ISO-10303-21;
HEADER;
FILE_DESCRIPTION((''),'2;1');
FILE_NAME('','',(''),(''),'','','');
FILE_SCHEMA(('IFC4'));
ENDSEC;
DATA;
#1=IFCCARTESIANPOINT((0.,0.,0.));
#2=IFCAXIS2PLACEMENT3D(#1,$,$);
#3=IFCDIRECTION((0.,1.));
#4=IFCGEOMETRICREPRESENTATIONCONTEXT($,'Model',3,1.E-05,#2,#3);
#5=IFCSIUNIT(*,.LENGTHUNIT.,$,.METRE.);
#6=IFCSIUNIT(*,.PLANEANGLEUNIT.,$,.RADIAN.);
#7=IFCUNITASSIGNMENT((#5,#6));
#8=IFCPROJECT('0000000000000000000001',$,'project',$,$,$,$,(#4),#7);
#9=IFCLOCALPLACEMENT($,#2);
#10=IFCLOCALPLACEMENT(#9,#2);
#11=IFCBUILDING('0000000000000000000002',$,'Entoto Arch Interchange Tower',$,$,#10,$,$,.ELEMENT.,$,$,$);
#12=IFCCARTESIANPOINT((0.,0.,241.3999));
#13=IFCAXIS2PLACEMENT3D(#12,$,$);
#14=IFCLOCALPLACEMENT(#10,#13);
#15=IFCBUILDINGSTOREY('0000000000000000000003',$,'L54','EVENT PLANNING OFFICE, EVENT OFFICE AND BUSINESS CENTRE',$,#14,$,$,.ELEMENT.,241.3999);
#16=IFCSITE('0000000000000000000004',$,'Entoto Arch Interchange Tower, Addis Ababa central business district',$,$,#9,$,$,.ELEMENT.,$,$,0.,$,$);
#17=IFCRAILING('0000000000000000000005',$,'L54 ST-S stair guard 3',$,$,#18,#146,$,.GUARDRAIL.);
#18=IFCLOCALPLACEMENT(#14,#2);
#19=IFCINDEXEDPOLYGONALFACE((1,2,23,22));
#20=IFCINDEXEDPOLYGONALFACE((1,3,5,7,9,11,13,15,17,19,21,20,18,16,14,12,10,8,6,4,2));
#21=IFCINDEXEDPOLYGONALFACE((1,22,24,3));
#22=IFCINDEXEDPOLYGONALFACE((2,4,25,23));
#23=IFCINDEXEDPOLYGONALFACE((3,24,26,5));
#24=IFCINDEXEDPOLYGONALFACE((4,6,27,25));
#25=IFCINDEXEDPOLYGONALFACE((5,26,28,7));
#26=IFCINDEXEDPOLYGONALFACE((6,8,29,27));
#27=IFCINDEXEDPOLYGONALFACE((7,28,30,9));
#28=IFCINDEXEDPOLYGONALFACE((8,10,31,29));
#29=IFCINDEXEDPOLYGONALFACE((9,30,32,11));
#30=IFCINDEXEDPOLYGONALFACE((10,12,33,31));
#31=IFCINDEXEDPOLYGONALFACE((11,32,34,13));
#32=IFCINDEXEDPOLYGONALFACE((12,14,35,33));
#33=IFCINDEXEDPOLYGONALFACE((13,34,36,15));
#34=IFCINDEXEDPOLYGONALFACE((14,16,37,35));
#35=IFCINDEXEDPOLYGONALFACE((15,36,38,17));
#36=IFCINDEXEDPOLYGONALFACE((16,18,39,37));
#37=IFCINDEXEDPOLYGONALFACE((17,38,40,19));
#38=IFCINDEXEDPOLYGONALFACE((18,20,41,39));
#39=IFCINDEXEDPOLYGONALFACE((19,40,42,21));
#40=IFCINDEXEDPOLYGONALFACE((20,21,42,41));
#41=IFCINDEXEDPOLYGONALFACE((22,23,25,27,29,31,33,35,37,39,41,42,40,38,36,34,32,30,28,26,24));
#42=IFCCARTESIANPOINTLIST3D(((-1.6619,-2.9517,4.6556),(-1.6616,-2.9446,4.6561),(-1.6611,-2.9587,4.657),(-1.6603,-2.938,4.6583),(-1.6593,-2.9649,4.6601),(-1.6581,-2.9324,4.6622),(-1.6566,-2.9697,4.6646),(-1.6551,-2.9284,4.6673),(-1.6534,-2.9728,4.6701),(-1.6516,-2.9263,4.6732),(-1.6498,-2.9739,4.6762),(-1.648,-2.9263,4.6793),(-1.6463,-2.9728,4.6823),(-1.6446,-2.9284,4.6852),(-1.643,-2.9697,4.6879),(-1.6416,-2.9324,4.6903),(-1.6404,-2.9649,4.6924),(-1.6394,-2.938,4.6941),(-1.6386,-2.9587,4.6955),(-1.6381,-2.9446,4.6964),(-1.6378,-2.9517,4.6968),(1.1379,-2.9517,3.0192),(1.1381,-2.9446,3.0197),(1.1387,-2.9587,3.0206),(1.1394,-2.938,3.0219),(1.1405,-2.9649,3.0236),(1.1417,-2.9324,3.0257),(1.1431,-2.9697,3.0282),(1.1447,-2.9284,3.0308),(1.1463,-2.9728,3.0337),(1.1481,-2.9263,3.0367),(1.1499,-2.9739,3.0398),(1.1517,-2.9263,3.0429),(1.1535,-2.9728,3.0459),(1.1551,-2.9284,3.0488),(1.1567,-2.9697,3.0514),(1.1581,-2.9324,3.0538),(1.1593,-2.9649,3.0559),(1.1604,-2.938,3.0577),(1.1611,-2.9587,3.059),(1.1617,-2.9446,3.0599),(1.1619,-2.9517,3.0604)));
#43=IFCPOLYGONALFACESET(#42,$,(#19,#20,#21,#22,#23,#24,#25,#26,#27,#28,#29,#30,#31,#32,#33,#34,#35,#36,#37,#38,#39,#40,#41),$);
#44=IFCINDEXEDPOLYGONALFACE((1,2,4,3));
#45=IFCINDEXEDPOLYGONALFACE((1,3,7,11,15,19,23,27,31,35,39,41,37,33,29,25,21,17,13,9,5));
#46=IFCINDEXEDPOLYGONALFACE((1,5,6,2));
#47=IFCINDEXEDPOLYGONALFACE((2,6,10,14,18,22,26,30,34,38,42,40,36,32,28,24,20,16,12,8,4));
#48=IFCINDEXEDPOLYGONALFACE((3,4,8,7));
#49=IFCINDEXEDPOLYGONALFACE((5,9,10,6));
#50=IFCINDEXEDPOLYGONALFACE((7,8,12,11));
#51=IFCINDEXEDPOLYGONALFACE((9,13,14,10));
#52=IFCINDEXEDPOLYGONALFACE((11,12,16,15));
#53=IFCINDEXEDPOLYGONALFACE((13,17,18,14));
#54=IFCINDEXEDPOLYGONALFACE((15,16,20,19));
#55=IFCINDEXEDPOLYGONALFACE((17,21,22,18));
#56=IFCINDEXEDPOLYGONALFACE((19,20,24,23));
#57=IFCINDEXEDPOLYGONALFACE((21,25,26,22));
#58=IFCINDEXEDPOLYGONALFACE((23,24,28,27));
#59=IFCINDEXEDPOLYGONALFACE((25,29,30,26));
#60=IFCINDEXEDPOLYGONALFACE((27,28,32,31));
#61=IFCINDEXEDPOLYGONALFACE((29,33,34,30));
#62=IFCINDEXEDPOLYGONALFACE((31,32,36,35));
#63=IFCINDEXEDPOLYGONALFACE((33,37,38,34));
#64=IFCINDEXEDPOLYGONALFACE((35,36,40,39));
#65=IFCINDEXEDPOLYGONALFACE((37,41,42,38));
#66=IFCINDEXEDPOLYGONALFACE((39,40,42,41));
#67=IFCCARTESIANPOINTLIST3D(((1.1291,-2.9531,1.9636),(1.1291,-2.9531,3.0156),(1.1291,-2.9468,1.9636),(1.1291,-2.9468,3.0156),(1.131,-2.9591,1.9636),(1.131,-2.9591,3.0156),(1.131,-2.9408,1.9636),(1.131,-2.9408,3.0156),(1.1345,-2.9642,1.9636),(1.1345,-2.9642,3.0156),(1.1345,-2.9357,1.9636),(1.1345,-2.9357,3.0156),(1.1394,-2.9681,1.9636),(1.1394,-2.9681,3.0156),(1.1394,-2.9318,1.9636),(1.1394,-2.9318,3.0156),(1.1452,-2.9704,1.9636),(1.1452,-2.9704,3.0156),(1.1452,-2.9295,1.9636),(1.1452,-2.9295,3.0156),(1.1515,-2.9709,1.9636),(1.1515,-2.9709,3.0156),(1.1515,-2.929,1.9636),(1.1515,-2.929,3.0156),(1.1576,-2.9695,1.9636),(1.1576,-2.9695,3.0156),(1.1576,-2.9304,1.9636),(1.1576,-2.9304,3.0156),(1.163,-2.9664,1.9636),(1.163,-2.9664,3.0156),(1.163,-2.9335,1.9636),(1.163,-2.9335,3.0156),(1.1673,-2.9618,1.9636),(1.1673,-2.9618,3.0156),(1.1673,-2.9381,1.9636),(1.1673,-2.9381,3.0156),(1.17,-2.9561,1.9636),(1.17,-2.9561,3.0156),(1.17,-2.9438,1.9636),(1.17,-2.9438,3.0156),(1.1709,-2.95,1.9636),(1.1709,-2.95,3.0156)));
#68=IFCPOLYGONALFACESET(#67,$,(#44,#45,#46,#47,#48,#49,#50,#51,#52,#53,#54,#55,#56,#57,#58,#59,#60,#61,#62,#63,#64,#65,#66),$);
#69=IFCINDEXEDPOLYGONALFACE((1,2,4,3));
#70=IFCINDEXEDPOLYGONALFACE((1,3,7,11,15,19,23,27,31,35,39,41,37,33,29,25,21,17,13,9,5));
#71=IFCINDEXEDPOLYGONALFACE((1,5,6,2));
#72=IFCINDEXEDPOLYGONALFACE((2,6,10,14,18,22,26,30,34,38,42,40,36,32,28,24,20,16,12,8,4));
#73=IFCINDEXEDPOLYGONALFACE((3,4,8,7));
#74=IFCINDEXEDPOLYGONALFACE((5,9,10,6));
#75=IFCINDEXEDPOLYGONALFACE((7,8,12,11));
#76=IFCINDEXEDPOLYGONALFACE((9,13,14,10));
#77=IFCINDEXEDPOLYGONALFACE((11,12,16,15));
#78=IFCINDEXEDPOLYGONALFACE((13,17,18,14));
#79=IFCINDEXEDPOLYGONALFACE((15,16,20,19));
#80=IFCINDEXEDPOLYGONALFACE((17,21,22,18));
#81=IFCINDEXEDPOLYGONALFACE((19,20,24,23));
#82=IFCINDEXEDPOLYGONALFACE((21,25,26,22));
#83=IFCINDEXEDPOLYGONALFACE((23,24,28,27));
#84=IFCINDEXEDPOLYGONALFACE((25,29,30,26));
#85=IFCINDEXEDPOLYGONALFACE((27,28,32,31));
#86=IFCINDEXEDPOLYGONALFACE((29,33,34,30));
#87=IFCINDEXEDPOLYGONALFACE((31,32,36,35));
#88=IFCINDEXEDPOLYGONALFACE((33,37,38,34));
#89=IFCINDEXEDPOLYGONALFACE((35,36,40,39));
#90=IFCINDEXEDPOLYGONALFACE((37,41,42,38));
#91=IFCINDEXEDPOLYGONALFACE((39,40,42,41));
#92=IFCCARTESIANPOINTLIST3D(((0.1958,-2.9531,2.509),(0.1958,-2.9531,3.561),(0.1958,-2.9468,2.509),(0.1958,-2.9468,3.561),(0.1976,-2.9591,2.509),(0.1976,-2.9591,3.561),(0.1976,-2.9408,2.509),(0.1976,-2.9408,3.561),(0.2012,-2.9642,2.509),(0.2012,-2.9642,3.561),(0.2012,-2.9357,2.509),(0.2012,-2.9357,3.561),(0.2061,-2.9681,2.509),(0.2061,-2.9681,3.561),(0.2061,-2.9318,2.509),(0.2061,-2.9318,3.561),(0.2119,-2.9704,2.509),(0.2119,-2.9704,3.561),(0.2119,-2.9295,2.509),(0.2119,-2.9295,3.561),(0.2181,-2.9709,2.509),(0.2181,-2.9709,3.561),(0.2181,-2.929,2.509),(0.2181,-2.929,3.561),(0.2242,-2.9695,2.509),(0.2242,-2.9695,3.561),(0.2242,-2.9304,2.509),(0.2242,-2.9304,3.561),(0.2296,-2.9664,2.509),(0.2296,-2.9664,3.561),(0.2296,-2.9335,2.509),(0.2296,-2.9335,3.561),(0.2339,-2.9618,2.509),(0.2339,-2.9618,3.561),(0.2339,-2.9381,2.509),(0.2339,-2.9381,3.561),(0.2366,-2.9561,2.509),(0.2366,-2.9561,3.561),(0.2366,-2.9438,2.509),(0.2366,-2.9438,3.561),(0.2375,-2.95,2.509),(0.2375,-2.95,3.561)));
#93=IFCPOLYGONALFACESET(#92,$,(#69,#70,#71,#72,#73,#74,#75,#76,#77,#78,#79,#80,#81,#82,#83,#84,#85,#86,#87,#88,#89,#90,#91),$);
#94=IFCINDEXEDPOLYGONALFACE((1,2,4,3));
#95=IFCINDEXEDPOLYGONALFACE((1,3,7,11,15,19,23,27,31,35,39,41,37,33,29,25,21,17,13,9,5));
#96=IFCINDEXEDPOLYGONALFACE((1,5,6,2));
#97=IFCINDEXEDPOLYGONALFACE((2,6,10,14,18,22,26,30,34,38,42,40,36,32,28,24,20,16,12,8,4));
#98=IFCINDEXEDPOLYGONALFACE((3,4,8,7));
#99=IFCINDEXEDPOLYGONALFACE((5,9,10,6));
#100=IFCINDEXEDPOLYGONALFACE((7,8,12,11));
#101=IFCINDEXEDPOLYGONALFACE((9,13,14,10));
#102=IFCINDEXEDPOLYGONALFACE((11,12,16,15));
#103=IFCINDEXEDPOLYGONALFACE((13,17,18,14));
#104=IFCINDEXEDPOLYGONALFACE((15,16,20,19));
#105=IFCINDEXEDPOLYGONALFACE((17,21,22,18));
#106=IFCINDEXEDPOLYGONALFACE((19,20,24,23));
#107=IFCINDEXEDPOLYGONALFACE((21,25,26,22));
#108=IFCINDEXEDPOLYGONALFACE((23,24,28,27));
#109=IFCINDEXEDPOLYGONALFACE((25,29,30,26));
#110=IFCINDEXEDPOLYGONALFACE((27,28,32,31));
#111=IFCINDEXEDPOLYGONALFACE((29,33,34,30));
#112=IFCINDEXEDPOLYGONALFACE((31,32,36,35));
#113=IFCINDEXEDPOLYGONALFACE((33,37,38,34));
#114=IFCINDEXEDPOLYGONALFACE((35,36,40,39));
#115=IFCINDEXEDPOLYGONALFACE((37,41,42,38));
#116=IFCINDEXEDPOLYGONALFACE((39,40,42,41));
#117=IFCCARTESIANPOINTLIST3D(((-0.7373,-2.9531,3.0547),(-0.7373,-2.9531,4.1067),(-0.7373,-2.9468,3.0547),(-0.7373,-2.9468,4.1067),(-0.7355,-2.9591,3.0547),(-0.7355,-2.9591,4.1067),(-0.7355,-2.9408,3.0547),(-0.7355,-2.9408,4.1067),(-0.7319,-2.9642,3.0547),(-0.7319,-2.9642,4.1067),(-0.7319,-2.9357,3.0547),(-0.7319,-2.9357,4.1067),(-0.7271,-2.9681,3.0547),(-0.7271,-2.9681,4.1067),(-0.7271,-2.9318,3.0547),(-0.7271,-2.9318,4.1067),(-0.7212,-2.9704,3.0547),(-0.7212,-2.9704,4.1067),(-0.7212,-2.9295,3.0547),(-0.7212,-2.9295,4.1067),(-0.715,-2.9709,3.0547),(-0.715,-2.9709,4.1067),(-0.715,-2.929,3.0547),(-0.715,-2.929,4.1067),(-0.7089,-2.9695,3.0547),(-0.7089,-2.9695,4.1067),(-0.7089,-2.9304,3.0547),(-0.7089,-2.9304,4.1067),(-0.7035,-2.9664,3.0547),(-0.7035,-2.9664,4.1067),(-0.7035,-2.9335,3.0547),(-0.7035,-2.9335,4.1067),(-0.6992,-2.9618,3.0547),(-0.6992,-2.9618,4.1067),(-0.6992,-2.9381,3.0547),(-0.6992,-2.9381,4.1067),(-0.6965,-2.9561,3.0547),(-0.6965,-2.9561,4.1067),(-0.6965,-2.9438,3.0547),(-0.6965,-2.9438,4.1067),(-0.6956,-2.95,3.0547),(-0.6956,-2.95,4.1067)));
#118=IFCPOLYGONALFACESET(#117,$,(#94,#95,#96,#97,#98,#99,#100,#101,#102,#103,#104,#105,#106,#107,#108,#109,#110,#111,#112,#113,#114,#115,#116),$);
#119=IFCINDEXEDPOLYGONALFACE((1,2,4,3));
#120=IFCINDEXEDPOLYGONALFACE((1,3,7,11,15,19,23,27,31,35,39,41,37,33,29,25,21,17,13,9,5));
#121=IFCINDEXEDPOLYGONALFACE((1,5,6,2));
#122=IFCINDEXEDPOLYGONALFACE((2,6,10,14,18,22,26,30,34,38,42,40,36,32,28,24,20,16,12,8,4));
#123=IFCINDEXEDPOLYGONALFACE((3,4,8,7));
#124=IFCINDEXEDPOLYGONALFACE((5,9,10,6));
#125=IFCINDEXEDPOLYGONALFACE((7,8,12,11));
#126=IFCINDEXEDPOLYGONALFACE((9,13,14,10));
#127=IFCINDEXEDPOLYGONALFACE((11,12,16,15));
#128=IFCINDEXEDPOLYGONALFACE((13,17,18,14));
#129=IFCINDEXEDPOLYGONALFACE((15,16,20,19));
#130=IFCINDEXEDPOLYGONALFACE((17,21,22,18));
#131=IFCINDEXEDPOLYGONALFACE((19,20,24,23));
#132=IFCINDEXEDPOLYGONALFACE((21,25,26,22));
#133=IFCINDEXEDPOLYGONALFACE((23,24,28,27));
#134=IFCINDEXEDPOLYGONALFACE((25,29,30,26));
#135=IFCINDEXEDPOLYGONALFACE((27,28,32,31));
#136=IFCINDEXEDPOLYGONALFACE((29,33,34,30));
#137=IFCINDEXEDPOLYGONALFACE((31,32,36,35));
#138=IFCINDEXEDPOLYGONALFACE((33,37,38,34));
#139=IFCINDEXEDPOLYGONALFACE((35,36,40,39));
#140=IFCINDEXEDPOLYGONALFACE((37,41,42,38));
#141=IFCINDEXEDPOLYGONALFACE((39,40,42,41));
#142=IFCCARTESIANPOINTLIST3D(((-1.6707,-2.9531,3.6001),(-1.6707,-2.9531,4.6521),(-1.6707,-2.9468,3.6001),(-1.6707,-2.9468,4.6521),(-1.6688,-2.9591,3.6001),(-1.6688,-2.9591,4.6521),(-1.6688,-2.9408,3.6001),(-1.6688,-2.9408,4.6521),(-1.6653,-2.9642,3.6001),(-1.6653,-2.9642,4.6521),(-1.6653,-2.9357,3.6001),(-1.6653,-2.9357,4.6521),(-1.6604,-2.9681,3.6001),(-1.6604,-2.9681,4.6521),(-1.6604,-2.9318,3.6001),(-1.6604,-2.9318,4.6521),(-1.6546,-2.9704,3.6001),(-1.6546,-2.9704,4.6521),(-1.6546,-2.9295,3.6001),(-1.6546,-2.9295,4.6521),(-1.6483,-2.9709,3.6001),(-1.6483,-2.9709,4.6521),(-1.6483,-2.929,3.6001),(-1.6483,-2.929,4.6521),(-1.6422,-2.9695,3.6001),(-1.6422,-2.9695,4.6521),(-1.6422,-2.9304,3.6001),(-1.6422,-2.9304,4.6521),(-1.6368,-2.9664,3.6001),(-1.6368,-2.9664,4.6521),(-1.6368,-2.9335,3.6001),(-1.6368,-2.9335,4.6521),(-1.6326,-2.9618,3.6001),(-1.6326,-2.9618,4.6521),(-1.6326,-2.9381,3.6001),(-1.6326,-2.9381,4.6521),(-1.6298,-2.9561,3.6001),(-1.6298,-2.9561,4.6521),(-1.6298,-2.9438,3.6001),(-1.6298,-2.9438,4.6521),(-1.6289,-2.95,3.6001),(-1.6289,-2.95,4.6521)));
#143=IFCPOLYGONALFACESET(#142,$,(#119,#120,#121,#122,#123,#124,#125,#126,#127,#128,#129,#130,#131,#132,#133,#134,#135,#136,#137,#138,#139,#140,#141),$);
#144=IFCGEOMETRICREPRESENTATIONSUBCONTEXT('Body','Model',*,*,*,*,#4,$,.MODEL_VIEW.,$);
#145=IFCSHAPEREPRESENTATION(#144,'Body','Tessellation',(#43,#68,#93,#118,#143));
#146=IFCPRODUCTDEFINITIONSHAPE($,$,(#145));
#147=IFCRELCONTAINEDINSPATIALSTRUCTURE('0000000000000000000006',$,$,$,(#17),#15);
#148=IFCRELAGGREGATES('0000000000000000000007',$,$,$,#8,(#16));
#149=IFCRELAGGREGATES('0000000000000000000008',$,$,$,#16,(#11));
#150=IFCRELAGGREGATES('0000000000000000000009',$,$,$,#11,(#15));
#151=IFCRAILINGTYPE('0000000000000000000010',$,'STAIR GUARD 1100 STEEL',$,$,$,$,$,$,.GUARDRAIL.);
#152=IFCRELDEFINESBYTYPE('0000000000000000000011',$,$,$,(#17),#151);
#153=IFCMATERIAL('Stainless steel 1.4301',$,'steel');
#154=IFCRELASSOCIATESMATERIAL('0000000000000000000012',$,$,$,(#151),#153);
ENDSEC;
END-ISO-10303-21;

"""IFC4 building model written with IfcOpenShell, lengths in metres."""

from ifc_helpers import new_model, si_unit, direction, frame, origin, origin_2d, place, context, subcontext, project, spatial, circle, extrude, material, type_object, element, save


model = new_model("IFC4")

# Units and contexts
model_context = context("Model", 3, precision=1e-05, world=origin(), true_north=direction((0.0, 1.0)))
body_context = subcontext(model_context, "Body", "Model", "MODEL_VIEW")
ifc_project = project(units=[si_unit("LENGTHUNIT", "METRE"), si_unit("PLANEANGLEUNIT", "RADIAN")], contexts=[model_context])

# Site, building, storey
site_placement = place(None, origin())
site = spatial("IfcSite", under=ifc_project, at=site_placement, Name="Entoto Arch Interchange Tower, Addis Ababa central business district", CompositionType="ELEMENT", RefElevation=0.0)
building_placement = place(site_placement, origin())
building = spatial("IfcBuilding", under=site, at=building_placement, Name="Entoto Arch Interchange Tower", CompositionType="ELEMENT")
storey_placement = place(building_placement, frame((0.0, 0.0, 241.3999)))
storey = spatial("IfcBuildingStorey", under=building, at=storey_placement, Name="L54", Description="EVENT PLANNING OFFICE, EVENT OFFICE AND BUSINESS CENTRE", CompositionType="ELEMENT", Elevation=241.3999)

# Railing
ifc_material_1 = material(Name="Stainless steel 1.4301", Category="steel")
railing_type_1 = type_object("IfcRailingType", Name="STAIR GUARD 1100 STEEL", PredefinedType="GUARDRAIL", material=ifc_material_1)
railing_1_placement = place(storey_placement, frame((1.1499, -2.95, 1.9636)))
element("IfcRailing", 1, at=railing_1_placement, inside=storey, type_object=railing_type_1, Name="L54 ST-S stair guard 3", PredefinedType="GUARDRAIL", context=body_context, shape_type="SweptSolid", body=[
    extrude(circle(Radius=0.0239, at=origin_2d()), frame((0.0, 0.0, 1.0762), z_axis=(-0.863342, 0.0, 0.50462), x_axis=(0.0, -1.0, 0.0)), (0.0, 0.0, 1.0), 3.2429),
    extrude(circle(Radius=0.021, at=origin_2d()), origin(), (0.0, 0.0, 1.0), 1.052),
    extrude(circle(Radius=0.021, at=origin_2d()), frame((-0.9333, 0.0, 0.5454)), (0.0, 0.0, 1.0), 1.052),
    extrude(circle(Radius=0.021, at=origin_2d()), frame((-1.8665, 0.0, 1.0911)), (0.0, 0.0, 1.0), 1.052),
    extrude(circle(Radius=0.021, at=origin_2d()), frame((-2.7998, 0.0, 1.6365)), (0.0, 0.0, 1.0), 1.052),
])

save(model, "model.ifc")
